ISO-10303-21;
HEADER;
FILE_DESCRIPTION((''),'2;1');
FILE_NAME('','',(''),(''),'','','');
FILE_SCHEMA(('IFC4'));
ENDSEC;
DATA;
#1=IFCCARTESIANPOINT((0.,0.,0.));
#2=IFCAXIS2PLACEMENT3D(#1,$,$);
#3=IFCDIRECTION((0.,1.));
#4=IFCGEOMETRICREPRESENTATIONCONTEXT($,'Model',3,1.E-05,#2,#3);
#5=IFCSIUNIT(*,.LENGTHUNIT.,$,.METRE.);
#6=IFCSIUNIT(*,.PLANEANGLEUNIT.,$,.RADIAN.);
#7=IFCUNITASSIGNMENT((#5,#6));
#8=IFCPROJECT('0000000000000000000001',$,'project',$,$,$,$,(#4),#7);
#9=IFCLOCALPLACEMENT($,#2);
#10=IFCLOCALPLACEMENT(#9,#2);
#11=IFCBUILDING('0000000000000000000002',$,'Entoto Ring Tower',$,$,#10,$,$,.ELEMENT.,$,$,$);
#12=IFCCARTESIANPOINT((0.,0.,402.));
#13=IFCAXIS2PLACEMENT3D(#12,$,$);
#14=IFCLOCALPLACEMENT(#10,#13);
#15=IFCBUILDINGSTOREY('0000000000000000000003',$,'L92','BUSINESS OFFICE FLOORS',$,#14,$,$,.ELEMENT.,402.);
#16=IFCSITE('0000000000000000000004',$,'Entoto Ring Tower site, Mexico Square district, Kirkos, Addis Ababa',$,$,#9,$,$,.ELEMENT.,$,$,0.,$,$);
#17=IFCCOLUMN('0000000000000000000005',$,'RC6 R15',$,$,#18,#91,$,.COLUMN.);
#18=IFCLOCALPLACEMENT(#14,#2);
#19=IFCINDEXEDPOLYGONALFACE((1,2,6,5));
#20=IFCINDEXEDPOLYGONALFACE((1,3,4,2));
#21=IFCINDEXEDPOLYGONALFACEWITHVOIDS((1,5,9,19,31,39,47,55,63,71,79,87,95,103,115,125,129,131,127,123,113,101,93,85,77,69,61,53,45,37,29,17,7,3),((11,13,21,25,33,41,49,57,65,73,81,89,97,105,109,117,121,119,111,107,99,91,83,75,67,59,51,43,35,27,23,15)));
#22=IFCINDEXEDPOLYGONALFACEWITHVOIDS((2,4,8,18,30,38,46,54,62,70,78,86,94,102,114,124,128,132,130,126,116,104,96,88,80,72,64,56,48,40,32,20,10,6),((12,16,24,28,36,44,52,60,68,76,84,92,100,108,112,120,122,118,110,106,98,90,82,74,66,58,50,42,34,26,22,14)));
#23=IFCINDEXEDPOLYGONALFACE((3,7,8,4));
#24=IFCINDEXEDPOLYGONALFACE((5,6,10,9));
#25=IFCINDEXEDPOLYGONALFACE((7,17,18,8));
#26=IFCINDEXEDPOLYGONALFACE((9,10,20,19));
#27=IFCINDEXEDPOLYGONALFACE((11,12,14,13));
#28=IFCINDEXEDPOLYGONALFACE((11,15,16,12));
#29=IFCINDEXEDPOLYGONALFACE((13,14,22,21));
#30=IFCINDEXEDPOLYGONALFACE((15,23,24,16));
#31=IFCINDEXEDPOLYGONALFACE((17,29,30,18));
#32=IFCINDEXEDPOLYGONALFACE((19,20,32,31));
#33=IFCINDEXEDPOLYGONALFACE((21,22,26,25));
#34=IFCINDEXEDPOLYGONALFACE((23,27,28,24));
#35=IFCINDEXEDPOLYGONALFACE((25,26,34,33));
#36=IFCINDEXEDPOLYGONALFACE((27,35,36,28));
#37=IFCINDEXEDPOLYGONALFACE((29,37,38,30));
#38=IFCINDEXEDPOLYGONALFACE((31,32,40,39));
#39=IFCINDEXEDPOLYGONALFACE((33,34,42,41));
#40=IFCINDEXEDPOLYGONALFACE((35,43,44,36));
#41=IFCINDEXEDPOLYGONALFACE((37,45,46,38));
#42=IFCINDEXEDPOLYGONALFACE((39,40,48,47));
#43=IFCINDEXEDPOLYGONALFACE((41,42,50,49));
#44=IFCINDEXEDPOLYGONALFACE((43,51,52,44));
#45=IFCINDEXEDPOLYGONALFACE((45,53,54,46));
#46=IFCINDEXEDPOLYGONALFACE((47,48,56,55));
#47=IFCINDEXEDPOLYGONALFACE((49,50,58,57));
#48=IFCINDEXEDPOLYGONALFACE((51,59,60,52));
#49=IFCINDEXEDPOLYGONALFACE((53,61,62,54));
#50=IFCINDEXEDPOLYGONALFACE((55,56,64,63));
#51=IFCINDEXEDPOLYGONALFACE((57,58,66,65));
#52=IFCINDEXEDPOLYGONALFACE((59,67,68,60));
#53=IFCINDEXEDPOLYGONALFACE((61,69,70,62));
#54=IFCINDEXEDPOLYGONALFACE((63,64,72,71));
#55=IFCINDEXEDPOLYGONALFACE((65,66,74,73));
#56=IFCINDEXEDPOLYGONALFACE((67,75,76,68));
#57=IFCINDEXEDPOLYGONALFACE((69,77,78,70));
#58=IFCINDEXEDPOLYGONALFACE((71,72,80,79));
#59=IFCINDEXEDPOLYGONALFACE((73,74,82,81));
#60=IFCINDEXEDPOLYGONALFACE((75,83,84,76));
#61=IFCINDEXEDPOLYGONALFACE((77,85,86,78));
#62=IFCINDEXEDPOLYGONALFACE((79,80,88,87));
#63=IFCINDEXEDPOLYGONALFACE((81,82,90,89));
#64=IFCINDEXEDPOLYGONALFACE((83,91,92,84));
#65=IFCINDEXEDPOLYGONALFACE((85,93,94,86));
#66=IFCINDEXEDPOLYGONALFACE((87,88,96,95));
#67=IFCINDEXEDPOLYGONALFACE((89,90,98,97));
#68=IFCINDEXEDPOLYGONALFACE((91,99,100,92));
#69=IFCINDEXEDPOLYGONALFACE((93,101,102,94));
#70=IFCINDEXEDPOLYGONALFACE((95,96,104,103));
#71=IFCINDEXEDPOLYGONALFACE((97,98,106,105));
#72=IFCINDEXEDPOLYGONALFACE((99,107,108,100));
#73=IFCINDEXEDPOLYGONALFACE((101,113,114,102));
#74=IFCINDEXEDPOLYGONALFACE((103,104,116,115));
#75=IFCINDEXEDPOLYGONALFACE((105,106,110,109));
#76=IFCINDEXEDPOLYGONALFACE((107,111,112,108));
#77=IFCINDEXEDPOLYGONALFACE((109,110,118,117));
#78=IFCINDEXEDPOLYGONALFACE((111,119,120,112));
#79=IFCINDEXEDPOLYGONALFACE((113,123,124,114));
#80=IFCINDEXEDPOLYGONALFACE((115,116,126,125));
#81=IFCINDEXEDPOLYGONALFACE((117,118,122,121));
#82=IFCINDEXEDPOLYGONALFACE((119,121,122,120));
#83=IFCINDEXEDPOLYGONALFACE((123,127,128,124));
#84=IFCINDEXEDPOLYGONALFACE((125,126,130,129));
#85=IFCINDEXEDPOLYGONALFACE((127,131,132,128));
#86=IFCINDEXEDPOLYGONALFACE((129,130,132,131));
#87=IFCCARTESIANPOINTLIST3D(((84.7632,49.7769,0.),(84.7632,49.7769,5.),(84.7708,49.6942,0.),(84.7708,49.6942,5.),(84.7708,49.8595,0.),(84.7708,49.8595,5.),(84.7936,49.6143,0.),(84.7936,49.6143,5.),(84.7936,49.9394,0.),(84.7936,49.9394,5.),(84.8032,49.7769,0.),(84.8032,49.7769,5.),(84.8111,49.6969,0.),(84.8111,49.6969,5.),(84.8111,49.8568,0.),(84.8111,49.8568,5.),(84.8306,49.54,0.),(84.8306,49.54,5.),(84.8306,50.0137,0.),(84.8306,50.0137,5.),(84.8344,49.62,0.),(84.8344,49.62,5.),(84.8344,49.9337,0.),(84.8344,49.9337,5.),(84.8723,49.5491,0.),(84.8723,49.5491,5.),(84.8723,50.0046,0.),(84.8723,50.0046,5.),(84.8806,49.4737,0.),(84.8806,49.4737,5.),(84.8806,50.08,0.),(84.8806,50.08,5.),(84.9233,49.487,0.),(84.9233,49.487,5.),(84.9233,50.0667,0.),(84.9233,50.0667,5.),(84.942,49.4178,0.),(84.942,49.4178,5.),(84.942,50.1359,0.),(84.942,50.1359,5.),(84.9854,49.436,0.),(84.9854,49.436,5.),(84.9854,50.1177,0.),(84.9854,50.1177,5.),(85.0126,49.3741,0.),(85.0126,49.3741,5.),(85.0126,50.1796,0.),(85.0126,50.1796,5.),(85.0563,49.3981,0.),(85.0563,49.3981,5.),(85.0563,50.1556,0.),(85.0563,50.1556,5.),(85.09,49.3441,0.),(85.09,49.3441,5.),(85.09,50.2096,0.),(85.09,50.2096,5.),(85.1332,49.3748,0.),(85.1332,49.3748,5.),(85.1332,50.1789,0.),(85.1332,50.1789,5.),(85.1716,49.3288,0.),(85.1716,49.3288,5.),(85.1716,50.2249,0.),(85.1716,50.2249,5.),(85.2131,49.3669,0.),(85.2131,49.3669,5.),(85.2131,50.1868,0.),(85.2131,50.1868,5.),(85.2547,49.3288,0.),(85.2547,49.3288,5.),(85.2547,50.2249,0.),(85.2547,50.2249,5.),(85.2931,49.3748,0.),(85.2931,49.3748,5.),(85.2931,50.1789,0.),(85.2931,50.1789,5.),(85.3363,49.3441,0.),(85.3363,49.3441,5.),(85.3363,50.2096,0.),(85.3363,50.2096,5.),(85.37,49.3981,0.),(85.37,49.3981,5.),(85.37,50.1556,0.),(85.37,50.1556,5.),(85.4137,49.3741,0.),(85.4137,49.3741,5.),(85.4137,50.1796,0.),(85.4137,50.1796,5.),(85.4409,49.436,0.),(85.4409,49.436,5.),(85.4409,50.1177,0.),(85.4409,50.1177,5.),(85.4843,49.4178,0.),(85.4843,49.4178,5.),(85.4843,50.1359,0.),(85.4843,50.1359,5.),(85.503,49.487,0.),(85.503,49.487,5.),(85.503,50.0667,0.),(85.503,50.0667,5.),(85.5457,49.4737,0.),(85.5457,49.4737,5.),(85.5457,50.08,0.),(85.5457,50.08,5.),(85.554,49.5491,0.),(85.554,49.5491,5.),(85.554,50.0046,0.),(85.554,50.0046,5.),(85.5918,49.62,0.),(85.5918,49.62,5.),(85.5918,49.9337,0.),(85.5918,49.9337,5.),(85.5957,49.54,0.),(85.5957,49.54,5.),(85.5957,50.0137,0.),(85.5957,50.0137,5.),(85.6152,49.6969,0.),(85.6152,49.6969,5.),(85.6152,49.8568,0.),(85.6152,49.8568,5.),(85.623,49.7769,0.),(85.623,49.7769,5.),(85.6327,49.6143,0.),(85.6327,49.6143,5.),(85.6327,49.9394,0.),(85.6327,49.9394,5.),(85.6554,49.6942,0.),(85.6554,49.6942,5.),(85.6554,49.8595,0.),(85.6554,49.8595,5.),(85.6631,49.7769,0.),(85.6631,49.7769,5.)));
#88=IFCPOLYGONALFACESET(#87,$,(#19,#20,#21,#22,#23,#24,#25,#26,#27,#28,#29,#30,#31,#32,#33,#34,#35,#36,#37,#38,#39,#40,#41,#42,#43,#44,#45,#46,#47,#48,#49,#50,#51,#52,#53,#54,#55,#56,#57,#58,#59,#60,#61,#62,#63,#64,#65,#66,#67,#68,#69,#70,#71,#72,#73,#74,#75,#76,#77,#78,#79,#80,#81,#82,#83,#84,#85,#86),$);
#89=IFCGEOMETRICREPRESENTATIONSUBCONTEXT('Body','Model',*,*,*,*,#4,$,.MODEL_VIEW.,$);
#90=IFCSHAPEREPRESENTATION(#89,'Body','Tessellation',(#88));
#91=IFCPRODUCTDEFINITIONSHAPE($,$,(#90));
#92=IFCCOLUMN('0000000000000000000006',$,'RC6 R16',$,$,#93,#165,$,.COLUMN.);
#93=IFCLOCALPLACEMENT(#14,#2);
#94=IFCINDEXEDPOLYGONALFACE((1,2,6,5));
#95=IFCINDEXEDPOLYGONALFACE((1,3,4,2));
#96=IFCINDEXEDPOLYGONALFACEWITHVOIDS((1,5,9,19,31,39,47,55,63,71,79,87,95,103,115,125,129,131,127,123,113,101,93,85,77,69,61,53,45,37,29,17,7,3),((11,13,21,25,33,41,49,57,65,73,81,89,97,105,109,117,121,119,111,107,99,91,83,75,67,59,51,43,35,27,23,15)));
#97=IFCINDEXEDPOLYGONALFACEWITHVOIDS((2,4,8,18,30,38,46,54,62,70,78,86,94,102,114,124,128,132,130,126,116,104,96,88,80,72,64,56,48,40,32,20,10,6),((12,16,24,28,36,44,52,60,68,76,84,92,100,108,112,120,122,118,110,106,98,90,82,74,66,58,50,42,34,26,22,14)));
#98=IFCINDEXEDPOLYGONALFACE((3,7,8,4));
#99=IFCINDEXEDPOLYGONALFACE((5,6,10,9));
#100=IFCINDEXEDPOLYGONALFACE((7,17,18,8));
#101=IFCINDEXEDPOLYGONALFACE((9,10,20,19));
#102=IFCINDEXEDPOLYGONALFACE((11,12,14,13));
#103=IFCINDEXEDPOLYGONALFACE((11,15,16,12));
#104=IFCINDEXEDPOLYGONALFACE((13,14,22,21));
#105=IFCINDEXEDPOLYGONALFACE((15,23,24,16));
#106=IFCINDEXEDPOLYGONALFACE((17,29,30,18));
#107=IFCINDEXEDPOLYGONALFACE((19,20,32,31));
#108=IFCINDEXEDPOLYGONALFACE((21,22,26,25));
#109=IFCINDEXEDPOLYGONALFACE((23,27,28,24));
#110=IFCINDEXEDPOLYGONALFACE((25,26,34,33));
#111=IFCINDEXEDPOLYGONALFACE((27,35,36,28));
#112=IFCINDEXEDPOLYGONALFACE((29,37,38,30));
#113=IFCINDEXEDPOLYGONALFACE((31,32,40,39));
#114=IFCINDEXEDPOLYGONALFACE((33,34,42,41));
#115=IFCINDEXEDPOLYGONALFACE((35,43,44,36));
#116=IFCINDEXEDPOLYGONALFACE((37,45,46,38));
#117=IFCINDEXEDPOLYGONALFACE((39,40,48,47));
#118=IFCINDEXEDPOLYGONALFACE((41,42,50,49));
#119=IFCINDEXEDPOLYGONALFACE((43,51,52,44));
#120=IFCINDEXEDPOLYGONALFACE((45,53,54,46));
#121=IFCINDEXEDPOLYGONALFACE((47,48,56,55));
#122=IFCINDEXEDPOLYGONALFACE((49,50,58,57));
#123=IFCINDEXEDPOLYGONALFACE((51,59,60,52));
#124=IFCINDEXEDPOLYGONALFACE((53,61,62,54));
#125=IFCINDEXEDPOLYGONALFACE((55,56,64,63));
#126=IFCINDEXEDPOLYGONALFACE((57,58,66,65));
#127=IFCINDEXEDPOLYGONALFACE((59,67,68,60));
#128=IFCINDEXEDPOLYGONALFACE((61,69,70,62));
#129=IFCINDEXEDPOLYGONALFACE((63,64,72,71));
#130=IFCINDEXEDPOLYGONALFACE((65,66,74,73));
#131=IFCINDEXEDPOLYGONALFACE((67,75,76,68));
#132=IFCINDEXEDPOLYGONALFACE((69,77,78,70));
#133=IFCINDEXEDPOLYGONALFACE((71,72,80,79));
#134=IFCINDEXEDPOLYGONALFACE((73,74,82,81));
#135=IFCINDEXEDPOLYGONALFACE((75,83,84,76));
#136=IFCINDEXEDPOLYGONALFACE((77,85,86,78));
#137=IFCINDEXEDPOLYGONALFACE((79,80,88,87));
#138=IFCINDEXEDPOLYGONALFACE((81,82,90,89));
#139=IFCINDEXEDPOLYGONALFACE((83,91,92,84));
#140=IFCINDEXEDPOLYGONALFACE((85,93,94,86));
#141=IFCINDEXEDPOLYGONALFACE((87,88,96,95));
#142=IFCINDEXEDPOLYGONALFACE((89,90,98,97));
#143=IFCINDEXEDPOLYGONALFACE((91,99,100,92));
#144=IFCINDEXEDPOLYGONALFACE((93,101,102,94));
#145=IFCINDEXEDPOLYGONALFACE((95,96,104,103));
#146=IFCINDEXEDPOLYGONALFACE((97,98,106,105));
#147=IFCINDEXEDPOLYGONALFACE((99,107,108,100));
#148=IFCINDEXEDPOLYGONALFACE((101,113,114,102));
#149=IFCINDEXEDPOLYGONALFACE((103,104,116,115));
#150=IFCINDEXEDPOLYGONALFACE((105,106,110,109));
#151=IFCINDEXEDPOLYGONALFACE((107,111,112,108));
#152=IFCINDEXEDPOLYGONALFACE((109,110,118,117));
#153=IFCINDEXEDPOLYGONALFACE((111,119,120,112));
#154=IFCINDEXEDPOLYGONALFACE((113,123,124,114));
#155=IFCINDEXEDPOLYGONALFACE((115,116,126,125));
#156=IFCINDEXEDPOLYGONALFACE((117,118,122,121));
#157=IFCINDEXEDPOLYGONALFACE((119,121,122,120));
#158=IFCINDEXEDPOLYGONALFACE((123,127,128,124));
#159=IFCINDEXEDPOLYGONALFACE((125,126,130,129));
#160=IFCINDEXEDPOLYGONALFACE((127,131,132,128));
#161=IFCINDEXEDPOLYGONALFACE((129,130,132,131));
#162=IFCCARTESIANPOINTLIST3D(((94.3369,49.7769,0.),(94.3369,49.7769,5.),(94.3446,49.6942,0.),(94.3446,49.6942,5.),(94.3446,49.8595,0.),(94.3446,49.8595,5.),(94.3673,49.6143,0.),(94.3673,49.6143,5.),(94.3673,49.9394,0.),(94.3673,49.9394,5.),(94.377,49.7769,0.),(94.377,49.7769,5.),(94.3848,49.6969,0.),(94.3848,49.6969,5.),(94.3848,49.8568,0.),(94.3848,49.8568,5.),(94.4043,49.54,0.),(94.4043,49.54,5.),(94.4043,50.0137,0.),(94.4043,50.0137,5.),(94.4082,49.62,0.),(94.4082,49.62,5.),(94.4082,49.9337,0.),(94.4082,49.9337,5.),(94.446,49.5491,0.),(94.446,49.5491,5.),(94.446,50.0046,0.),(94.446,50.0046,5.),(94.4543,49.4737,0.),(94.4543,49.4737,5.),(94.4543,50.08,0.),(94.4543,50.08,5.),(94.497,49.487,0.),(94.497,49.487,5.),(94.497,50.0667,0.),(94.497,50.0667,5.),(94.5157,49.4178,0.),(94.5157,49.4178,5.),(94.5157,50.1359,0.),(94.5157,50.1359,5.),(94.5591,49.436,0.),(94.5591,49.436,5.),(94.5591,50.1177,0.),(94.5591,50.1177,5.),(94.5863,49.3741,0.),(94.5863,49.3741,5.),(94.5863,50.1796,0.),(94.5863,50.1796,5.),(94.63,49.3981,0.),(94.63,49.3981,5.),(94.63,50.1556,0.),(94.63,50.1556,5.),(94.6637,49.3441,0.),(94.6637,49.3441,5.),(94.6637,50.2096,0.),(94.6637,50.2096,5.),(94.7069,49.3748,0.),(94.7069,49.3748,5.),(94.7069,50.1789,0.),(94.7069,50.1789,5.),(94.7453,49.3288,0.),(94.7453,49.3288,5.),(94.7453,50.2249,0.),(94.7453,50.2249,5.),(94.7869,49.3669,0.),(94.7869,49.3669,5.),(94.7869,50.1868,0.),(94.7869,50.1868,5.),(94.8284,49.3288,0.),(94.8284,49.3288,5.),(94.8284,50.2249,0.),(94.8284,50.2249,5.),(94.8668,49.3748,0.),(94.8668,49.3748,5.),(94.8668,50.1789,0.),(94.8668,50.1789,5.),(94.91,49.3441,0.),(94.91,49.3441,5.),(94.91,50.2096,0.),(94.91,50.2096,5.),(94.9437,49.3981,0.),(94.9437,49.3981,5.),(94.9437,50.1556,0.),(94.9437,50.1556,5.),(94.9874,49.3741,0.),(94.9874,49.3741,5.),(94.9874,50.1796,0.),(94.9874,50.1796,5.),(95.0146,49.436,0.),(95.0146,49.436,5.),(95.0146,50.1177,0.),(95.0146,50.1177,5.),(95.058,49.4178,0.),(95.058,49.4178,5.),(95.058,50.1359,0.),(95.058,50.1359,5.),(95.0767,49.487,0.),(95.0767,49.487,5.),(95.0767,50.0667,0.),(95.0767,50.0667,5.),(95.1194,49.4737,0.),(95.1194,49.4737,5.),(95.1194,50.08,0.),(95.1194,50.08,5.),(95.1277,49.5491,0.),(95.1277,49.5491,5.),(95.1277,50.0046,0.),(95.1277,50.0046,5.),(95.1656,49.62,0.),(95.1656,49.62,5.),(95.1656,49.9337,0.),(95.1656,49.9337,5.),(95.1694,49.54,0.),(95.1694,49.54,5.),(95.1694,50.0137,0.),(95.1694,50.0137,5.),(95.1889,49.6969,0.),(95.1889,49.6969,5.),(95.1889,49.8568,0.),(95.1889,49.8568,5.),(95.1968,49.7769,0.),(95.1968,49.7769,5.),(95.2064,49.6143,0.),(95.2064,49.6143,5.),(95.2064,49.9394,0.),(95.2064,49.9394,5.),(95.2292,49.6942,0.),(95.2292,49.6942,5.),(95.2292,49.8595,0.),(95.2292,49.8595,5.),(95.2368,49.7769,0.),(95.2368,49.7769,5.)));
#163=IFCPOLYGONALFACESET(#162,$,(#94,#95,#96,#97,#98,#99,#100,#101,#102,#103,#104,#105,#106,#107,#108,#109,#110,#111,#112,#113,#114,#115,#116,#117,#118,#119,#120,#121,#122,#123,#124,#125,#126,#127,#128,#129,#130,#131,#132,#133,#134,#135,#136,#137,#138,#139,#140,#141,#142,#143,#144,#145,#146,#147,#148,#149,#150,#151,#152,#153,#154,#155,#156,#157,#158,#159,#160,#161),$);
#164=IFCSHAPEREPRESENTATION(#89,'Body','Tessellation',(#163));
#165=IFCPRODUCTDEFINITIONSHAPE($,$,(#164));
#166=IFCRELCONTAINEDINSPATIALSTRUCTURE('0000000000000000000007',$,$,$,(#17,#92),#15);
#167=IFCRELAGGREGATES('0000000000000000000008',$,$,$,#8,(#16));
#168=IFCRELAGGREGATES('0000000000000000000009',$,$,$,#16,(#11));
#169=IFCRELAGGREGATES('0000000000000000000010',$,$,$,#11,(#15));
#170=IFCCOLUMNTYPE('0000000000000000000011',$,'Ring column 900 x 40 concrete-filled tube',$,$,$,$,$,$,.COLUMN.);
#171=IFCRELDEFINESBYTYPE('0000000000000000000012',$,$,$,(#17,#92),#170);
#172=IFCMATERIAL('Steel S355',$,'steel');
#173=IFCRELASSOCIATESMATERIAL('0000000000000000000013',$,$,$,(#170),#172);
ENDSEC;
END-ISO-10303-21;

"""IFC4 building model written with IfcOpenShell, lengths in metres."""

from ifc_helpers import new_model, si_unit, direction, frame, origin, origin_2d, place, context, subcontext, project, spatial, circle, hollow_circle, extrude, material, material_profile, profile_set, type_object, element, save


model = new_model("IFC4")

# Units and contexts
model_context = context("Model", 3, precision=1e-05, world=origin(), true_north=direction((0.0, 1.0)))
body_context = subcontext(model_context, "Body", "Model", "MODEL_VIEW")
ifc_project = project(units=[si_unit("LENGTHUNIT", "METRE"), si_unit("PLANEANGLEUNIT", "RADIAN")], contexts=[model_context])

# Site, building, storey
site_placement = place(None, origin())
site = spatial("IfcSite", under=ifc_project, at=site_placement, Name="Entoto Ring Tower site, Mexico Square district, Kirkos, Addis Ababa", CompositionType="ELEMENT", RefElevation=0.0)
building_placement = place(site_placement, origin())
building = spatial("IfcBuilding", under=site, at=building_placement, Name="Entoto Ring Tower", CompositionType="ELEMENT")
storey_placement = place(building_placement, frame((0.0, 0.0, 402.0)))
storey = spatial("IfcBuildingStorey", under=building, at=storey_placement, Name="L92", Description="BUSINESS OFFICE FLOORS", CompositionType="ELEMENT", Elevation=402.0)

# Columns
ifc_material_1 = material(Name="Steel S355", Category="steel")
ifc_material_profile_1 = material_profile(ifc_material_1, hollow_circle(Radius=0.45, WallThickness=0.04, at=origin_2d()), Name="CHS 900 x 40")
ifc_material_2 = material(Name="Concrete C60/75", Category="concrete")
ifc_material_profile_2 = material_profile(ifc_material_2, circle(Radius=0.4099, at=origin_2d()), Name="Concrete C60/75 infill")
ifc_profile_set_1 = profile_set([ifc_material_profile_1, ifc_material_profile_2], Name="Steel S355")
column_type = type_object("IfcColumnType", Name="Ring column 900 x 40 concrete-filled tube", PredefinedType="COLUMN", material=ifc_profile_set_1)
for number, where, z_axis, x_axis, name in (
    (1, (85.2131, 49.7769, 0.0), (0.0, 0.0, 1.0), (1.0, 0.0, 0.0), "RC6 R15"),
    (2, (94.7869, 49.7769, 0.0), (0.0, 0.0, 1.0), (1.0, 0.0, 0.0), "RC6 R16"),
):
    element("IfcColumn", number, at=place(storey_placement, frame(where, z_axis=z_axis, x_axis=x_axis)), inside=storey, type_object=column_type, Name=name, PredefinedType="COLUMN", context=body_context, shape_type="SweptSolid", body=[
        extrude(hollow_circle(Radius=0.45, WallThickness=0.04, at=origin_2d()), origin(), (0.0, 0.0, 1.0), 5.0),
    ])

save(model, "model.ifc")
